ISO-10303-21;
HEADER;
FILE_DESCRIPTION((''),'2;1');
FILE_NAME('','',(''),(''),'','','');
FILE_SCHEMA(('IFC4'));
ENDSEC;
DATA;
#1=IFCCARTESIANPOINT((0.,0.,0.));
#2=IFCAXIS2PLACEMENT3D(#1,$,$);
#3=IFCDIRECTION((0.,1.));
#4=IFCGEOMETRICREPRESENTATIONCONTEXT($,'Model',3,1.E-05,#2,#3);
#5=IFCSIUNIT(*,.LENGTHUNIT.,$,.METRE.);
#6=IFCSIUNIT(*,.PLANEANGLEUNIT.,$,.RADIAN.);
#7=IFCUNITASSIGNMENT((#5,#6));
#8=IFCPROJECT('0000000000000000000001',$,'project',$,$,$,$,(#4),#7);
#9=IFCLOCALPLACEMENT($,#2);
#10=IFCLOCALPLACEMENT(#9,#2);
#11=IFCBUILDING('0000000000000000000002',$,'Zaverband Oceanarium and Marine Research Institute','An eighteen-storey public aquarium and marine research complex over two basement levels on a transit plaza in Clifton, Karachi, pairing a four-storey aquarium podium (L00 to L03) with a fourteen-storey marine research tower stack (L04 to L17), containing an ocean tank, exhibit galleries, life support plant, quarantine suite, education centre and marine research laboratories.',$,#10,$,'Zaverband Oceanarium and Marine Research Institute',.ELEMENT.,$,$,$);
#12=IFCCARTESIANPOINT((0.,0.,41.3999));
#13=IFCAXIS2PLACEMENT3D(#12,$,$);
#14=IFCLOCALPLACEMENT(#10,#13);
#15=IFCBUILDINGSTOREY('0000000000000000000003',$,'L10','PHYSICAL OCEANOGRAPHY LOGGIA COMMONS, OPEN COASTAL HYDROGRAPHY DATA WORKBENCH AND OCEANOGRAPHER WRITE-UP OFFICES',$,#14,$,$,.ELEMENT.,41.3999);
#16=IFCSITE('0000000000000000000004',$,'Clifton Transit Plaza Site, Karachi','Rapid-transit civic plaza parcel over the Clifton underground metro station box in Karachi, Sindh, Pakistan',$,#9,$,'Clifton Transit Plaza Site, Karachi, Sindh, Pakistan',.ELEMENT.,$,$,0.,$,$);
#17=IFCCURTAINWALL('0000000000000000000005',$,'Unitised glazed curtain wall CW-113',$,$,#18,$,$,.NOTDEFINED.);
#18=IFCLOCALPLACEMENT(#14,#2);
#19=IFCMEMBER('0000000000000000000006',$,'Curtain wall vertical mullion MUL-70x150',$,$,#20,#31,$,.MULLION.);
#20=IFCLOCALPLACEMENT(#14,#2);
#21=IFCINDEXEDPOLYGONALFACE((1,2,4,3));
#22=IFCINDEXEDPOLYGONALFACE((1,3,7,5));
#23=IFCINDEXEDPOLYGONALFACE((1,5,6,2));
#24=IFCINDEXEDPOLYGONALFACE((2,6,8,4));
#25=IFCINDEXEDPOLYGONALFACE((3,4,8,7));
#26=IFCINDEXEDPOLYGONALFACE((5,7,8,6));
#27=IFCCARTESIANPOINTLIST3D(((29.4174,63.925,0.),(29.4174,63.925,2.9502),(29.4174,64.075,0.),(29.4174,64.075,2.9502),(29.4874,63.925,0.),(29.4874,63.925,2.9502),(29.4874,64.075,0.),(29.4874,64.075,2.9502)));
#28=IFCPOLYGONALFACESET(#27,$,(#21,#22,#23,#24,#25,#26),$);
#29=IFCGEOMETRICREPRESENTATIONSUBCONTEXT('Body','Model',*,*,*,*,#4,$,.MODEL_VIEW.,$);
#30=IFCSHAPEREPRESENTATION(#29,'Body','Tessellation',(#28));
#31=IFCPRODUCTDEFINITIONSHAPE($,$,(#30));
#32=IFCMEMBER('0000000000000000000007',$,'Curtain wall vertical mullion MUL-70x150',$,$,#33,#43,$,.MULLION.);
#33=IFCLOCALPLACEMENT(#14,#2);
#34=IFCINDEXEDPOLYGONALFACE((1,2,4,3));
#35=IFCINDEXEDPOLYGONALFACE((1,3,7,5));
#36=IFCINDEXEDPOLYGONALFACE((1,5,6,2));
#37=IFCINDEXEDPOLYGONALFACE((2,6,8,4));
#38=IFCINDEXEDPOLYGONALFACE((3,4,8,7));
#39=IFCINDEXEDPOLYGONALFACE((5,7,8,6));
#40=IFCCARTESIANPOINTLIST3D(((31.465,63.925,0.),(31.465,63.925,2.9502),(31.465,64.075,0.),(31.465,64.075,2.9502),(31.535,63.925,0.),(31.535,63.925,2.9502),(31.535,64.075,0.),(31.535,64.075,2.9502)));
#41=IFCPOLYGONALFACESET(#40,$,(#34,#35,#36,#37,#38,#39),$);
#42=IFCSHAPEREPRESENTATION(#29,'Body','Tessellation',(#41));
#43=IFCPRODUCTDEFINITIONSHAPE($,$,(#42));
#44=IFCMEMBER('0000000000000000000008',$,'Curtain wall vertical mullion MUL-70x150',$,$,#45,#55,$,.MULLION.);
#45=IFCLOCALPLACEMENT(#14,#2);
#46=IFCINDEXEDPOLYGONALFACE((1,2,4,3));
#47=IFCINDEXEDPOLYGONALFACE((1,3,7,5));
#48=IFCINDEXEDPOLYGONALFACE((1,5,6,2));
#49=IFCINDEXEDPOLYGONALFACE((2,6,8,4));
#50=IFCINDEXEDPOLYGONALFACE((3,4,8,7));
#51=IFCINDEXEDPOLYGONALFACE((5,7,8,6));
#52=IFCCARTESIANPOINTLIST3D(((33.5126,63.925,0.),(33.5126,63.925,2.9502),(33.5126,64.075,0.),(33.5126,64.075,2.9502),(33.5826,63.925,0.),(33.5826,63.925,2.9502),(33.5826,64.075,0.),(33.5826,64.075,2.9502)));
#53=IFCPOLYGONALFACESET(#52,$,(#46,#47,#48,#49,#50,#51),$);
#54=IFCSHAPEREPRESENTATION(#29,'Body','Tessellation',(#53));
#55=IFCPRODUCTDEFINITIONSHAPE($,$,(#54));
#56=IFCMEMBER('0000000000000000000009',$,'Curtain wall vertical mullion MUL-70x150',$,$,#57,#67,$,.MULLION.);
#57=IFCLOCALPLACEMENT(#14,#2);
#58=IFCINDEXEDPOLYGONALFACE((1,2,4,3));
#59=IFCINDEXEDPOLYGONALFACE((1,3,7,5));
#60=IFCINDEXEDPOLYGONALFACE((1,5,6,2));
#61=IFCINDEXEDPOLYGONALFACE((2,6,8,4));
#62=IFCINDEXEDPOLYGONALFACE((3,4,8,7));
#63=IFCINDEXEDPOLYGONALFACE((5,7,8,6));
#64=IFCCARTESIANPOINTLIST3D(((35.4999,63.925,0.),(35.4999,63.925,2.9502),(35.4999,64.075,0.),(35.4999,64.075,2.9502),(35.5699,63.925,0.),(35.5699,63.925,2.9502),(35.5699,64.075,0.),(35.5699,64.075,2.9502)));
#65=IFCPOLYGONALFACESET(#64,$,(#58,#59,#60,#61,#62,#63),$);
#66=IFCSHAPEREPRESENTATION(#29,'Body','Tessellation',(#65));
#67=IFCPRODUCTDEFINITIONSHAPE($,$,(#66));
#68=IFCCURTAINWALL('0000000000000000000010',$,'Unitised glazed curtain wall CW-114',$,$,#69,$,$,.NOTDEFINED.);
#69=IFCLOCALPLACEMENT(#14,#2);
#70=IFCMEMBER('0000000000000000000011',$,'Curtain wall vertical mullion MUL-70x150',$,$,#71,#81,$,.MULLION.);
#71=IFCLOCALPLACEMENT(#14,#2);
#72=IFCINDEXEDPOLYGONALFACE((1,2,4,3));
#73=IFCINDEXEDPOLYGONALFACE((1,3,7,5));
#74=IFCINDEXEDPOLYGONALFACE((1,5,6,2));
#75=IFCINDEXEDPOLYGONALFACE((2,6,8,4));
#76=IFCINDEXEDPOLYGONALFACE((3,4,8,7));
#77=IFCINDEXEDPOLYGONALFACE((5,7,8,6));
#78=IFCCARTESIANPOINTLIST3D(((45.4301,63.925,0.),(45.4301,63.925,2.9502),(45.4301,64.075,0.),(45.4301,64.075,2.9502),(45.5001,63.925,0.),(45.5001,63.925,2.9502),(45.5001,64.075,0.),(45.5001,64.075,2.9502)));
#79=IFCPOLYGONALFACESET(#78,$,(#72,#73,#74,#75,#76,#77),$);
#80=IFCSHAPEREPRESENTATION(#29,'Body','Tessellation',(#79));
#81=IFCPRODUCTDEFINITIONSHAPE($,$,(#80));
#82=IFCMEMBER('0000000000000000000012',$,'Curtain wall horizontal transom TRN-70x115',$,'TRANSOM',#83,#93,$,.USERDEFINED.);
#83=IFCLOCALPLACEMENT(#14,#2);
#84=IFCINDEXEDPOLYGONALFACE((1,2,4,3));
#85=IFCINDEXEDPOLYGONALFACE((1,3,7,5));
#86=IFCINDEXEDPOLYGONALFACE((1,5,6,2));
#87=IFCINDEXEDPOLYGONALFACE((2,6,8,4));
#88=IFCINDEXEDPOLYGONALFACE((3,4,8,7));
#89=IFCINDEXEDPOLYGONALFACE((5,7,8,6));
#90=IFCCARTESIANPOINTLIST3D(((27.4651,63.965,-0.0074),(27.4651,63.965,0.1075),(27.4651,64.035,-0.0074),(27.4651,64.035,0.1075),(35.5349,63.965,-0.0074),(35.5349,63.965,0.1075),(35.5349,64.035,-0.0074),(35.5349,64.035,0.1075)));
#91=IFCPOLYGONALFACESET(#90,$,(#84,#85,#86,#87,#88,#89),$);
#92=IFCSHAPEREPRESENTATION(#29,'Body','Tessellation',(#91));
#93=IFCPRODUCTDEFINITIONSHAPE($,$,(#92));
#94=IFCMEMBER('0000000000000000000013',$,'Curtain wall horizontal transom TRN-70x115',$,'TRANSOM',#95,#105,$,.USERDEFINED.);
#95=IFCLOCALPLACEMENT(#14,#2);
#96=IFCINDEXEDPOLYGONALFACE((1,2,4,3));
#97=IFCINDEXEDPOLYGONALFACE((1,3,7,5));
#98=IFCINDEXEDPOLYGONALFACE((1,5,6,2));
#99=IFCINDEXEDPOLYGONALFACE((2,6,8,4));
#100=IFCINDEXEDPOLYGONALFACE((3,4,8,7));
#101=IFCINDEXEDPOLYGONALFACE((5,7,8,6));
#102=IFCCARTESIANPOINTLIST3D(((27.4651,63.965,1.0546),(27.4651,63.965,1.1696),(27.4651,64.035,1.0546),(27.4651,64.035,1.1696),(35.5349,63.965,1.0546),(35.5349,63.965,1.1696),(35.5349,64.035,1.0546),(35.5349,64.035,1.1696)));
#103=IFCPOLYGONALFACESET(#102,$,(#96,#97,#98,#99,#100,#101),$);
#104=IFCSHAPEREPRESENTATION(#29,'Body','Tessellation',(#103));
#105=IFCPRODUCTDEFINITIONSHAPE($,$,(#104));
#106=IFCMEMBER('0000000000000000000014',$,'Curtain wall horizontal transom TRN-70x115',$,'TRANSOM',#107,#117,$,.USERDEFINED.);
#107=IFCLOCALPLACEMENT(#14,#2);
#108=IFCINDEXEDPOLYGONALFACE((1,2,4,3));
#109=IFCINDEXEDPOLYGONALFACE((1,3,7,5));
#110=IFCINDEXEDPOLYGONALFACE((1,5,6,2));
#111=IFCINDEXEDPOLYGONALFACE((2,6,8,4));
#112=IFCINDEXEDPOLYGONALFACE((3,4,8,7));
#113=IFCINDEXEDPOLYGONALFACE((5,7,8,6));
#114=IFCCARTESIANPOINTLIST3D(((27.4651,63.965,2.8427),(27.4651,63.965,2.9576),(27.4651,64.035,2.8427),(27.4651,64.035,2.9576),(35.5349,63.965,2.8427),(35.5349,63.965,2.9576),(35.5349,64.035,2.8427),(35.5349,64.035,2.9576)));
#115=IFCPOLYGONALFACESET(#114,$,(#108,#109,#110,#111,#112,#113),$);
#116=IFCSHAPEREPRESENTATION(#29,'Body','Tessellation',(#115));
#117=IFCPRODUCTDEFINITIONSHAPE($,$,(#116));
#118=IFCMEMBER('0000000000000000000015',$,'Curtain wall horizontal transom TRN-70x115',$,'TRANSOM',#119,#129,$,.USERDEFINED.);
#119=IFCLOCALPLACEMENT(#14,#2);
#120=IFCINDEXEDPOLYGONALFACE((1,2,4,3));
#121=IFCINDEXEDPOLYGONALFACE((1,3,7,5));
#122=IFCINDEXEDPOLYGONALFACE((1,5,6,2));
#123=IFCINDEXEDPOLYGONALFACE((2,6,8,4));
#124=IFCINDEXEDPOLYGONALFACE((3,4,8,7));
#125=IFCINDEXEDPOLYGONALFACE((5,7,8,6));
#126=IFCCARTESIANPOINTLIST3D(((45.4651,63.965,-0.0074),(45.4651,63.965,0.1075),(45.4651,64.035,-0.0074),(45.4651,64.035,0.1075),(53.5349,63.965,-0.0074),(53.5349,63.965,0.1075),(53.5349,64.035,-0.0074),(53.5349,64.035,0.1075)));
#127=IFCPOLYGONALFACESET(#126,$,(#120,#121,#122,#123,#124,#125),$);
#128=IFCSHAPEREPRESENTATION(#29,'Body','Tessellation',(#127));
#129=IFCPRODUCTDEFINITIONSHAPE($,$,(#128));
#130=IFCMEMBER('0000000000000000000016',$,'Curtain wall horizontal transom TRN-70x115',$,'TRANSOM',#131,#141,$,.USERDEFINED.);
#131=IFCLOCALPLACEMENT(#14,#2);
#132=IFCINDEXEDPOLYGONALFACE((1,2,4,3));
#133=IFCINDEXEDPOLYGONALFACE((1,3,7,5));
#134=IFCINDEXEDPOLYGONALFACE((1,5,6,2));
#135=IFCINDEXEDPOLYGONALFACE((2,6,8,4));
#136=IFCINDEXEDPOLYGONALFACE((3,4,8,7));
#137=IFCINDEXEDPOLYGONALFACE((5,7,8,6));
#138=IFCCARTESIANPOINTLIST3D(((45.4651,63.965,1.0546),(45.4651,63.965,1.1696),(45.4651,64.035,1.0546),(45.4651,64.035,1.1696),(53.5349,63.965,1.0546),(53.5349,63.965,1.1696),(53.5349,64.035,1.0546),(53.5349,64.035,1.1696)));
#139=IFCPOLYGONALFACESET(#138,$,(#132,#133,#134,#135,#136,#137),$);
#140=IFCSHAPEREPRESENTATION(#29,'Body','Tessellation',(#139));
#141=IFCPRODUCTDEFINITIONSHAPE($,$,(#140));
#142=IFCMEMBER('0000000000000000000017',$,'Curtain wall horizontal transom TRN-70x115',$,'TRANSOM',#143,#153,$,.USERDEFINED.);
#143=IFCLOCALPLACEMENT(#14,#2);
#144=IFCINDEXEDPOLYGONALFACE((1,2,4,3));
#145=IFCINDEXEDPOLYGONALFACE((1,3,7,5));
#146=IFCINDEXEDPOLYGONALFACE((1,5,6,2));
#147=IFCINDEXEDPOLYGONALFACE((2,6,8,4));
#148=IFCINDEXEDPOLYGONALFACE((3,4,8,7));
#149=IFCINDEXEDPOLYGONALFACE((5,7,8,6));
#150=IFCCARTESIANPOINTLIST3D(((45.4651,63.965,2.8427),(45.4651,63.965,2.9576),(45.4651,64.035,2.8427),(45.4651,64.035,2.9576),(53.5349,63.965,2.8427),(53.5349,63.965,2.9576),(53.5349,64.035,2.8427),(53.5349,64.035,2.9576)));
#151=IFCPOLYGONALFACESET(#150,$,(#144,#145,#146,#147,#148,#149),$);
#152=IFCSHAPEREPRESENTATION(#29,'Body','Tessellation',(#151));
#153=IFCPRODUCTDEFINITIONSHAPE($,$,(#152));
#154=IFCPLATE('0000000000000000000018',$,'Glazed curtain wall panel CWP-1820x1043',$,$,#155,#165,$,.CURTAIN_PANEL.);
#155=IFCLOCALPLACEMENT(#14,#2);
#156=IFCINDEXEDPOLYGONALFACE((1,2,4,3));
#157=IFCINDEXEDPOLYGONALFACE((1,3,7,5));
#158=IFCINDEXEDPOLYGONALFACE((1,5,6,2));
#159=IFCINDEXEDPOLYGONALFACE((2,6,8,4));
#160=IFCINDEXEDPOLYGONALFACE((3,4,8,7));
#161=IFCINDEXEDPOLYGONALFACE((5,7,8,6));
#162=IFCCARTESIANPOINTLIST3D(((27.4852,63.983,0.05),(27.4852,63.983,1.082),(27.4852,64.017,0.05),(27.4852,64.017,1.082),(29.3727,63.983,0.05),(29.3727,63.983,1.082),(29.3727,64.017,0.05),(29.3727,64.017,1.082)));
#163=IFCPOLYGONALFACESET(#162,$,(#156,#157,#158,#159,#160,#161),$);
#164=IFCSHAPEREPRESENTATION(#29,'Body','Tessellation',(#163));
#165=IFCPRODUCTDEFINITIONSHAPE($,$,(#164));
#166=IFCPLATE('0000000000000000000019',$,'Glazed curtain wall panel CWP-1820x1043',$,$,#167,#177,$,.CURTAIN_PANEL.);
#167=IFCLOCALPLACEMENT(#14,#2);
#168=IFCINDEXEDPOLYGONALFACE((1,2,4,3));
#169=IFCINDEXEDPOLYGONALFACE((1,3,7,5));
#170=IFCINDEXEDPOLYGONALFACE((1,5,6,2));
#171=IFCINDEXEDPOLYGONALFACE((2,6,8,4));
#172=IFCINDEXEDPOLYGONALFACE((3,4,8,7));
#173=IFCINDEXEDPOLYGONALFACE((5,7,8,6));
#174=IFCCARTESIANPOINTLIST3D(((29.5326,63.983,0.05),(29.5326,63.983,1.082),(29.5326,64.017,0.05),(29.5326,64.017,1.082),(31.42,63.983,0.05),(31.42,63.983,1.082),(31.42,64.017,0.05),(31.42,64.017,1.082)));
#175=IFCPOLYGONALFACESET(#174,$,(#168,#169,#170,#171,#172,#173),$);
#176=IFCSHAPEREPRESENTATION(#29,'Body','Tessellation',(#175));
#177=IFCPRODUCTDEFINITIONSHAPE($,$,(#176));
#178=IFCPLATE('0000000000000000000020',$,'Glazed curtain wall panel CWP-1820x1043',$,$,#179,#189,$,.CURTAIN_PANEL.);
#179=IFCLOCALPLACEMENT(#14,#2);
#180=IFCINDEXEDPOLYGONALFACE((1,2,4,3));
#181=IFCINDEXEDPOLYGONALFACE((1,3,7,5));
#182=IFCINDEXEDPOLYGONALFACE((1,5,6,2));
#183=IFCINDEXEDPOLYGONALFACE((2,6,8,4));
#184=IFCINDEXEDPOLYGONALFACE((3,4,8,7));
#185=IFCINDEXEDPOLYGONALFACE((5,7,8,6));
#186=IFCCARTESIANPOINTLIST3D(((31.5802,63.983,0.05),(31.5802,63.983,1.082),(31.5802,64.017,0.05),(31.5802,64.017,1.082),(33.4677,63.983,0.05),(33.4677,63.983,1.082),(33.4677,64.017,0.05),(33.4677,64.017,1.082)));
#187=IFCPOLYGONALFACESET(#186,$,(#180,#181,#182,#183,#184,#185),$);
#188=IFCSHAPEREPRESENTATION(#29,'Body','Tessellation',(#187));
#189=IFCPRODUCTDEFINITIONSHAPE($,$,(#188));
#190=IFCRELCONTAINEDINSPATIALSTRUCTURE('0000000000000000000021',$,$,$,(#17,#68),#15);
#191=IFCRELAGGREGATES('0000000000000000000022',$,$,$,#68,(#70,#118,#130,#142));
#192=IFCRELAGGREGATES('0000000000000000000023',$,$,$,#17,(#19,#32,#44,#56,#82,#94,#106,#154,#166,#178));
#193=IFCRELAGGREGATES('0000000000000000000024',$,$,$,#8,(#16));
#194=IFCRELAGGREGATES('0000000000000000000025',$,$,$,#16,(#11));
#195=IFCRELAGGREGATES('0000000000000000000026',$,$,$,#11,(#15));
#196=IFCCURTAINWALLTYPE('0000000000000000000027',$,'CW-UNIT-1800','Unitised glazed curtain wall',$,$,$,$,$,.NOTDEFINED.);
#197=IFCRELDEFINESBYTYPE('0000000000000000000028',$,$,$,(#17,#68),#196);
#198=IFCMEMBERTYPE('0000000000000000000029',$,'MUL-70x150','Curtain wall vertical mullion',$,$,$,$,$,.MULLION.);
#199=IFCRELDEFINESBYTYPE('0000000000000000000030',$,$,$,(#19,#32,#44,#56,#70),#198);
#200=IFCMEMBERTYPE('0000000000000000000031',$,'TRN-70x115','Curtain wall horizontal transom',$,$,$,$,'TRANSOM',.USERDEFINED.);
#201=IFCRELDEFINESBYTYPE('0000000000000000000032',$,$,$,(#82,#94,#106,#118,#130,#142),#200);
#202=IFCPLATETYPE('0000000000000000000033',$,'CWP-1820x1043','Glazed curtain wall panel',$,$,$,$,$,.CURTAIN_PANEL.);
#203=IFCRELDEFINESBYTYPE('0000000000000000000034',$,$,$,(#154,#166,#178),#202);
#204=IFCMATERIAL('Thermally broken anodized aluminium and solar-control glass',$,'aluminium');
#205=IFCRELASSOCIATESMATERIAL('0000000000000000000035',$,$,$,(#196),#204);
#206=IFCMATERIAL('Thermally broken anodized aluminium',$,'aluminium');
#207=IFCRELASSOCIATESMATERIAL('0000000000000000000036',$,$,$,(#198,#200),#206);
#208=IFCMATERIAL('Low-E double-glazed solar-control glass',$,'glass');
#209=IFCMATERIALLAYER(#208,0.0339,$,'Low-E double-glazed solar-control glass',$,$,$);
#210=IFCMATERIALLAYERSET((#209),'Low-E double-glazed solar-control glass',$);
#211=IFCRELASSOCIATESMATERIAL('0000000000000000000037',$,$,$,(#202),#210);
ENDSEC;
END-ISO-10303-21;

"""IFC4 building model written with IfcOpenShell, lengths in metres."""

from ifc_helpers import new_model, si_unit, direction, frame, frame_2d, origin, origin_2d, place, context, subcontext, project, spatial, rectangle, extrude, material, layer, layer_set, material_profile, profile_set, type_object, element, aggregate, save


model = new_model("IFC4")

# Units and contexts
model_context = context("Model", 3, precision=1e-05, world=origin(), true_north=direction((0.0, 1.0)))
body_context = subcontext(model_context, "Body", "Model", "MODEL_VIEW")
ifc_project = project(units=[si_unit("LENGTHUNIT", "METRE"), si_unit("PLANEANGLEUNIT", "RADIAN")], contexts=[model_context])

# Site, building, storey
site_placement = place(None, origin())
site = spatial("IfcSite", under=ifc_project, at=site_placement, Name="Clifton Transit Plaza Site, Karachi", Description="Rapid-transit civic plaza parcel over the Clifton underground metro station box in Karachi, Sindh, Pakistan", LongName="Clifton Transit Plaza Site, Karachi, Sindh, Pakistan", CompositionType="ELEMENT", RefElevation=0.0)
building_placement = place(site_placement, origin())
building = spatial("IfcBuilding", under=site, at=building_placement, Name="Zaverband Oceanarium and Marine Research Institute", Description="An eighteen-storey public aquarium and marine research complex over two basement levels on a transit plaza in Clifton, Karachi, pairing a four-storey aquarium podium (L00 to L03) with a fourteen-storey marine research tower stack (L04 to L17), containing an ocean tank, exhibit galleries, life support plant, quarantine suite, education centre and marine research laboratories.", LongName="Zaverband Oceanarium and Marine Research Institute", CompositionType="ELEMENT")
storey_placement = place(building_placement, frame((0.0, 0.0, 41.3999)))
storey = spatial("IfcBuildingStorey", under=building, at=storey_placement, Name="L10", Description="PHYSICAL OCEANOGRAPHY LOGGIA COMMONS, OPEN COASTAL HYDROGRAPHY DATA WORKBENCH AND OCEANOGRAPHER WRITE-UP OFFICES", CompositionType="ELEMENT", Elevation=41.3999)

# Curtain wall, members
ifc_material_1 = material(Name="Thermally broken anodized aluminium and solar-control glass", Category="aluminium")
curtain_wall_type = type_object("IfcCurtainWallType", Name="CW-UNIT-1800", Description="Unitised glazed curtain wall", PredefinedType="NOTDEFINED", material=ifc_material_1)
curtain_wall_1_placement = place(storey_placement, origin())
curtain_wall_1 = element("IfcCurtainWall", 1, at=curtain_wall_1_placement, inside=storey, type_object=curtain_wall_type, Name="Unitised glazed curtain wall CW-113", PredefinedType="NOTDEFINED")
ifc_material_2 = material(Name="Thermally broken anodized aluminium", Category="aluminium")
ifc_material_profile_1 = material_profile(ifc_material_2, rectangle(XDim=0.0701, YDim=0.1499, at=origin_2d()), Name="AL-MUL-70x150")
ifc_profile_set_1 = profile_set([ifc_material_profile_1], Name="Thermally broken anodized aluminium")
member_type_1 = type_object("IfcMemberType", Name="MUL-70x150", Description="Curtain wall vertical mullion", PredefinedType="MULLION", material=ifc_profile_set_1)
member_1_placement = place(storey_placement, frame((29.4524, 64.0, 0.0), z_axis=(0.0, 0.0, 1.0), x_axis=(1.0, 0.0, 0.0)))
member_1 = element("IfcMember", 2, at=member_1_placement, type_object=member_type_1, Name="Curtain wall vertical mullion MUL-70x150", PredefinedType="MULLION", context=body_context, shape_type="SweptSolid", body=[
    extrude(rectangle(XDim=0.0701, YDim=0.1499, at=origin_2d()), origin(), (0.0, 0.0, 1.0), 2.9502),
])
member_2_placement = place(storey_placement, frame((31.5, 64.0, 0.0), z_axis=(0.0, 0.0, 1.0), x_axis=(1.0, 0.0, 0.0)))
member_2 = element("IfcMember", 3, at=member_2_placement, type_object=member_type_1, Name="Curtain wall vertical mullion MUL-70x150", PredefinedType="MULLION", context=body_context, shape_type="SweptSolid", body=[
    extrude(rectangle(XDim=0.0701, YDim=0.1499, at=origin_2d()), origin(), (0.0, 0.0, 1.0), 2.9502),
])
member_3_placement = place(storey_placement, frame((33.5476, 64.0, 0.0), z_axis=(0.0, 0.0, 1.0), x_axis=(1.0, 0.0, 0.0)))
member_3 = element("IfcMember", 4, at=member_3_placement, type_object=member_type_1, Name="Curtain wall vertical mullion MUL-70x150", PredefinedType="MULLION", context=body_context, shape_type="SweptSolid", body=[
    extrude(rectangle(XDim=0.0701, YDim=0.1499, at=origin_2d()), origin(), (0.0, 0.0, 1.0), 2.9502),
])
member_4_placement = place(storey_placement, frame((35.5349, 64.0, 0.0), z_axis=(0.0, 0.0, 1.0), x_axis=(1.0, 0.0, 0.0)))
member_4 = element("IfcMember", 5, at=member_4_placement, type_object=member_type_1, Name="Curtain wall vertical mullion MUL-70x150", PredefinedType="MULLION", context=body_context, shape_type="SweptSolid", body=[
    extrude(rectangle(XDim=0.0701, YDim=0.1499, at=origin_2d()), origin(), (0.0, 0.0, 1.0), 2.9502),
])

# Curtain wall, member
curtain_wall_2_placement = place(storey_placement, origin())
curtain_wall_2 = element("IfcCurtainWall", 6, at=curtain_wall_2_placement, inside=storey, type_object=curtain_wall_type, Name="Unitised glazed curtain wall CW-114", PredefinedType="NOTDEFINED")
member_5_placement = place(storey_placement, frame((45.4651, 64.0, 0.0), z_axis=(0.0, 0.0, 1.0), x_axis=(1.0, 0.0, 0.0)))
member_5 = element("IfcMember", 7, at=member_5_placement, type_object=member_type_1, Name="Curtain wall vertical mullion MUL-70x150", PredefinedType="MULLION", context=body_context, shape_type="SweptSolid", body=[
    extrude(rectangle(XDim=0.0701, YDim=0.1499, at=origin_2d()), origin(), (0.0, 0.0, 1.0), 2.9502),
])

# Members
ifc_material_profile_2 = material_profile(ifc_material_2, rectangle(XDim=0.0701, YDim=0.115, at=origin_2d()), Name="AL-TRN-70x115")
ifc_profile_set_2 = profile_set([ifc_material_profile_2], Name="Thermally broken anodized aluminium")
member_type_2 = type_object("IfcMemberType", Name="TRN-70x115", Description="Curtain wall horizontal transom", ElementType="TRANSOM", PredefinedType="USERDEFINED", material=ifc_profile_set_2)
member_6_placement = place(storey_placement, frame((27.4651, 64.0, 0.05), z_axis=(1.0, 0.0, 0.0), x_axis=(0.0, 1.0, 0.0)))
member_6 = element("IfcMember", 8, at=member_6_placement, type_object=member_type_2, Name="Curtain wall horizontal transom TRN-70x115", ObjectType="TRANSOM", PredefinedType="USERDEFINED", context=body_context, shape_type="SweptSolid", body=[
    extrude(rectangle(XDim=0.0701, YDim=0.115, at=origin_2d()), origin(), (0.0, 0.0, 1.0), 8.0698),
])
member_7_placement = place(storey_placement, frame((27.4651, 64.0, 1.1121), z_axis=(1.0, 0.0, 0.0), x_axis=(0.0, 1.0, 0.0)))
member_7 = element("IfcMember", 9, at=member_7_placement, type_object=member_type_2, Name="Curtain wall horizontal transom TRN-70x115", ObjectType="TRANSOM", PredefinedType="USERDEFINED", context=body_context, shape_type="SweptSolid", body=[
    extrude(rectangle(XDim=0.0701, YDim=0.115, at=origin_2d()), origin(), (0.0, 0.0, 1.0), 8.0698),
])
member_8_placement = place(storey_placement, frame((27.4651, 64.0, 2.9001), z_axis=(1.0, 0.0, 0.0), x_axis=(0.0, 1.0, 0.0)))
member_8 = element("IfcMember", 10, at=member_8_placement, type_object=member_type_2, Name="Curtain wall horizontal transom TRN-70x115", ObjectType="TRANSOM", PredefinedType="USERDEFINED", context=body_context, shape_type="SweptSolid", body=[
    extrude(rectangle(XDim=0.0701, YDim=0.115, at=origin_2d()), origin(), (0.0, 0.0, 1.0), 8.0698),
])
member_9_placement = place(storey_placement, frame((45.4651, 64.0, 0.05), z_axis=(1.0, 0.0, 0.0), x_axis=(0.0, 1.0, 0.0)))
member_9 = element("IfcMember", 11, at=member_9_placement, type_object=member_type_2, Name="Curtain wall horizontal transom TRN-70x115", ObjectType="TRANSOM", PredefinedType="USERDEFINED", context=body_context, shape_type="SweptSolid", body=[
    extrude(rectangle(XDim=0.0701, YDim=0.115, at=origin_2d()), origin(), (0.0, 0.0, 1.0), 8.0698),
])
member_10_placement = place(storey_placement, frame((45.4651, 64.0, 1.1121), z_axis=(1.0, 0.0, 0.0), x_axis=(0.0, 1.0, 0.0)))
member_10 = element("IfcMember", 12, at=member_10_placement, type_object=member_type_2, Name="Curtain wall horizontal transom TRN-70x115", ObjectType="TRANSOM", PredefinedType="USERDEFINED", context=body_context, shape_type="SweptSolid", body=[
    extrude(rectangle(XDim=0.0701, YDim=0.115, at=origin_2d()), origin(), (0.0, 0.0, 1.0), 8.0698),
])
member_11_placement = place(storey_placement, frame((45.4651, 64.0, 2.9001), z_axis=(1.0, 0.0, 0.0), x_axis=(0.0, 1.0, 0.0)))
member_11 = element("IfcMember", 13, at=member_11_placement, type_object=member_type_2, Name="Curtain wall horizontal transom TRN-70x115", ObjectType="TRANSOM", PredefinedType="USERDEFINED", context=body_context, shape_type="SweptSolid", body=[
    extrude(rectangle(XDim=0.0701, YDim=0.115, at=origin_2d()), origin(), (0.0, 0.0, 1.0), 8.0698),
])

# Plates
ifc_material_3 = material(Name="Low-E double-glazed solar-control glass", Category="glass")
ifc_layer_1 = layer(ifc_material_3, 0.0339, Name="Low-E double-glazed solar-control glass")
ifc_layer_set_1 = layer_set([ifc_layer_1], Name="Low-E double-glazed solar-control glass")
plate_type_1 = type_object("IfcPlateType", Name="CWP-1820x1043", Description="Glazed curtain wall panel", PredefinedType="CURTAIN_PANEL", material=ifc_layer_set_1)
plate_1_placement = place(storey_placement, frame((27.4851, 64.0, 0.05), z_axis=(0.0, 0.0, 1.0), x_axis=(1.0, 0.0, 0.0)))
plate_1 = element("IfcPlate", 14, at=plate_1_placement, type_object=plate_type_1, Name="Glazed curtain wall panel CWP-1820x1043", PredefinedType="CURTAIN_PANEL", context=body_context, shape_type="SweptSolid", body=[
    extrude(rectangle(XDim=1.8875, YDim=0.0339, at=frame_2d((0.9438, 0.0))), origin(), (0.0, 0.0, 1.0), 1.032),
])
plate_2_placement = place(storey_placement, frame((29.5325, 64.0, 0.05), z_axis=(0.0, 0.0, 1.0), x_axis=(1.0, 0.0, 0.0)))
plate_2 = element("IfcPlate", 15, at=plate_2_placement, type_object=plate_type_1, Name="Glazed curtain wall panel CWP-1820x1043", PredefinedType="CURTAIN_PANEL", context=body_context, shape_type="SweptSolid", body=[
    extrude(rectangle(XDim=1.8875, YDim=0.0339, at=frame_2d((0.9438, 0.0))), origin(), (0.0, 0.0, 1.0), 1.032),
])
plate_3_placement = place(storey_placement, frame((31.5801, 64.0, 0.05), z_axis=(0.0, 0.0, 1.0), x_axis=(1.0, 0.0, 0.0)))
plate_3 = element("IfcPlate", 16, at=plate_3_placement, type_object=plate_type_1, Name="Glazed curtain wall panel CWP-1820x1043", PredefinedType="CURTAIN_PANEL", context=body_context, shape_type="SweptSolid", body=[
    extrude(rectangle(XDim=1.8875, YDim=0.0339, at=frame_2d((0.9438, 0.0))), origin(), (0.0, 0.0, 1.0), 1.032),
])
aggregate(curtain_wall_2, [member_5, member_9, member_10, member_11])
aggregate(curtain_wall_1, [member_1, member_2, member_3, member_4, member_6, member_7, member_8, plate_1, plate_2, plate_3])

save(model, "model.ifc")
